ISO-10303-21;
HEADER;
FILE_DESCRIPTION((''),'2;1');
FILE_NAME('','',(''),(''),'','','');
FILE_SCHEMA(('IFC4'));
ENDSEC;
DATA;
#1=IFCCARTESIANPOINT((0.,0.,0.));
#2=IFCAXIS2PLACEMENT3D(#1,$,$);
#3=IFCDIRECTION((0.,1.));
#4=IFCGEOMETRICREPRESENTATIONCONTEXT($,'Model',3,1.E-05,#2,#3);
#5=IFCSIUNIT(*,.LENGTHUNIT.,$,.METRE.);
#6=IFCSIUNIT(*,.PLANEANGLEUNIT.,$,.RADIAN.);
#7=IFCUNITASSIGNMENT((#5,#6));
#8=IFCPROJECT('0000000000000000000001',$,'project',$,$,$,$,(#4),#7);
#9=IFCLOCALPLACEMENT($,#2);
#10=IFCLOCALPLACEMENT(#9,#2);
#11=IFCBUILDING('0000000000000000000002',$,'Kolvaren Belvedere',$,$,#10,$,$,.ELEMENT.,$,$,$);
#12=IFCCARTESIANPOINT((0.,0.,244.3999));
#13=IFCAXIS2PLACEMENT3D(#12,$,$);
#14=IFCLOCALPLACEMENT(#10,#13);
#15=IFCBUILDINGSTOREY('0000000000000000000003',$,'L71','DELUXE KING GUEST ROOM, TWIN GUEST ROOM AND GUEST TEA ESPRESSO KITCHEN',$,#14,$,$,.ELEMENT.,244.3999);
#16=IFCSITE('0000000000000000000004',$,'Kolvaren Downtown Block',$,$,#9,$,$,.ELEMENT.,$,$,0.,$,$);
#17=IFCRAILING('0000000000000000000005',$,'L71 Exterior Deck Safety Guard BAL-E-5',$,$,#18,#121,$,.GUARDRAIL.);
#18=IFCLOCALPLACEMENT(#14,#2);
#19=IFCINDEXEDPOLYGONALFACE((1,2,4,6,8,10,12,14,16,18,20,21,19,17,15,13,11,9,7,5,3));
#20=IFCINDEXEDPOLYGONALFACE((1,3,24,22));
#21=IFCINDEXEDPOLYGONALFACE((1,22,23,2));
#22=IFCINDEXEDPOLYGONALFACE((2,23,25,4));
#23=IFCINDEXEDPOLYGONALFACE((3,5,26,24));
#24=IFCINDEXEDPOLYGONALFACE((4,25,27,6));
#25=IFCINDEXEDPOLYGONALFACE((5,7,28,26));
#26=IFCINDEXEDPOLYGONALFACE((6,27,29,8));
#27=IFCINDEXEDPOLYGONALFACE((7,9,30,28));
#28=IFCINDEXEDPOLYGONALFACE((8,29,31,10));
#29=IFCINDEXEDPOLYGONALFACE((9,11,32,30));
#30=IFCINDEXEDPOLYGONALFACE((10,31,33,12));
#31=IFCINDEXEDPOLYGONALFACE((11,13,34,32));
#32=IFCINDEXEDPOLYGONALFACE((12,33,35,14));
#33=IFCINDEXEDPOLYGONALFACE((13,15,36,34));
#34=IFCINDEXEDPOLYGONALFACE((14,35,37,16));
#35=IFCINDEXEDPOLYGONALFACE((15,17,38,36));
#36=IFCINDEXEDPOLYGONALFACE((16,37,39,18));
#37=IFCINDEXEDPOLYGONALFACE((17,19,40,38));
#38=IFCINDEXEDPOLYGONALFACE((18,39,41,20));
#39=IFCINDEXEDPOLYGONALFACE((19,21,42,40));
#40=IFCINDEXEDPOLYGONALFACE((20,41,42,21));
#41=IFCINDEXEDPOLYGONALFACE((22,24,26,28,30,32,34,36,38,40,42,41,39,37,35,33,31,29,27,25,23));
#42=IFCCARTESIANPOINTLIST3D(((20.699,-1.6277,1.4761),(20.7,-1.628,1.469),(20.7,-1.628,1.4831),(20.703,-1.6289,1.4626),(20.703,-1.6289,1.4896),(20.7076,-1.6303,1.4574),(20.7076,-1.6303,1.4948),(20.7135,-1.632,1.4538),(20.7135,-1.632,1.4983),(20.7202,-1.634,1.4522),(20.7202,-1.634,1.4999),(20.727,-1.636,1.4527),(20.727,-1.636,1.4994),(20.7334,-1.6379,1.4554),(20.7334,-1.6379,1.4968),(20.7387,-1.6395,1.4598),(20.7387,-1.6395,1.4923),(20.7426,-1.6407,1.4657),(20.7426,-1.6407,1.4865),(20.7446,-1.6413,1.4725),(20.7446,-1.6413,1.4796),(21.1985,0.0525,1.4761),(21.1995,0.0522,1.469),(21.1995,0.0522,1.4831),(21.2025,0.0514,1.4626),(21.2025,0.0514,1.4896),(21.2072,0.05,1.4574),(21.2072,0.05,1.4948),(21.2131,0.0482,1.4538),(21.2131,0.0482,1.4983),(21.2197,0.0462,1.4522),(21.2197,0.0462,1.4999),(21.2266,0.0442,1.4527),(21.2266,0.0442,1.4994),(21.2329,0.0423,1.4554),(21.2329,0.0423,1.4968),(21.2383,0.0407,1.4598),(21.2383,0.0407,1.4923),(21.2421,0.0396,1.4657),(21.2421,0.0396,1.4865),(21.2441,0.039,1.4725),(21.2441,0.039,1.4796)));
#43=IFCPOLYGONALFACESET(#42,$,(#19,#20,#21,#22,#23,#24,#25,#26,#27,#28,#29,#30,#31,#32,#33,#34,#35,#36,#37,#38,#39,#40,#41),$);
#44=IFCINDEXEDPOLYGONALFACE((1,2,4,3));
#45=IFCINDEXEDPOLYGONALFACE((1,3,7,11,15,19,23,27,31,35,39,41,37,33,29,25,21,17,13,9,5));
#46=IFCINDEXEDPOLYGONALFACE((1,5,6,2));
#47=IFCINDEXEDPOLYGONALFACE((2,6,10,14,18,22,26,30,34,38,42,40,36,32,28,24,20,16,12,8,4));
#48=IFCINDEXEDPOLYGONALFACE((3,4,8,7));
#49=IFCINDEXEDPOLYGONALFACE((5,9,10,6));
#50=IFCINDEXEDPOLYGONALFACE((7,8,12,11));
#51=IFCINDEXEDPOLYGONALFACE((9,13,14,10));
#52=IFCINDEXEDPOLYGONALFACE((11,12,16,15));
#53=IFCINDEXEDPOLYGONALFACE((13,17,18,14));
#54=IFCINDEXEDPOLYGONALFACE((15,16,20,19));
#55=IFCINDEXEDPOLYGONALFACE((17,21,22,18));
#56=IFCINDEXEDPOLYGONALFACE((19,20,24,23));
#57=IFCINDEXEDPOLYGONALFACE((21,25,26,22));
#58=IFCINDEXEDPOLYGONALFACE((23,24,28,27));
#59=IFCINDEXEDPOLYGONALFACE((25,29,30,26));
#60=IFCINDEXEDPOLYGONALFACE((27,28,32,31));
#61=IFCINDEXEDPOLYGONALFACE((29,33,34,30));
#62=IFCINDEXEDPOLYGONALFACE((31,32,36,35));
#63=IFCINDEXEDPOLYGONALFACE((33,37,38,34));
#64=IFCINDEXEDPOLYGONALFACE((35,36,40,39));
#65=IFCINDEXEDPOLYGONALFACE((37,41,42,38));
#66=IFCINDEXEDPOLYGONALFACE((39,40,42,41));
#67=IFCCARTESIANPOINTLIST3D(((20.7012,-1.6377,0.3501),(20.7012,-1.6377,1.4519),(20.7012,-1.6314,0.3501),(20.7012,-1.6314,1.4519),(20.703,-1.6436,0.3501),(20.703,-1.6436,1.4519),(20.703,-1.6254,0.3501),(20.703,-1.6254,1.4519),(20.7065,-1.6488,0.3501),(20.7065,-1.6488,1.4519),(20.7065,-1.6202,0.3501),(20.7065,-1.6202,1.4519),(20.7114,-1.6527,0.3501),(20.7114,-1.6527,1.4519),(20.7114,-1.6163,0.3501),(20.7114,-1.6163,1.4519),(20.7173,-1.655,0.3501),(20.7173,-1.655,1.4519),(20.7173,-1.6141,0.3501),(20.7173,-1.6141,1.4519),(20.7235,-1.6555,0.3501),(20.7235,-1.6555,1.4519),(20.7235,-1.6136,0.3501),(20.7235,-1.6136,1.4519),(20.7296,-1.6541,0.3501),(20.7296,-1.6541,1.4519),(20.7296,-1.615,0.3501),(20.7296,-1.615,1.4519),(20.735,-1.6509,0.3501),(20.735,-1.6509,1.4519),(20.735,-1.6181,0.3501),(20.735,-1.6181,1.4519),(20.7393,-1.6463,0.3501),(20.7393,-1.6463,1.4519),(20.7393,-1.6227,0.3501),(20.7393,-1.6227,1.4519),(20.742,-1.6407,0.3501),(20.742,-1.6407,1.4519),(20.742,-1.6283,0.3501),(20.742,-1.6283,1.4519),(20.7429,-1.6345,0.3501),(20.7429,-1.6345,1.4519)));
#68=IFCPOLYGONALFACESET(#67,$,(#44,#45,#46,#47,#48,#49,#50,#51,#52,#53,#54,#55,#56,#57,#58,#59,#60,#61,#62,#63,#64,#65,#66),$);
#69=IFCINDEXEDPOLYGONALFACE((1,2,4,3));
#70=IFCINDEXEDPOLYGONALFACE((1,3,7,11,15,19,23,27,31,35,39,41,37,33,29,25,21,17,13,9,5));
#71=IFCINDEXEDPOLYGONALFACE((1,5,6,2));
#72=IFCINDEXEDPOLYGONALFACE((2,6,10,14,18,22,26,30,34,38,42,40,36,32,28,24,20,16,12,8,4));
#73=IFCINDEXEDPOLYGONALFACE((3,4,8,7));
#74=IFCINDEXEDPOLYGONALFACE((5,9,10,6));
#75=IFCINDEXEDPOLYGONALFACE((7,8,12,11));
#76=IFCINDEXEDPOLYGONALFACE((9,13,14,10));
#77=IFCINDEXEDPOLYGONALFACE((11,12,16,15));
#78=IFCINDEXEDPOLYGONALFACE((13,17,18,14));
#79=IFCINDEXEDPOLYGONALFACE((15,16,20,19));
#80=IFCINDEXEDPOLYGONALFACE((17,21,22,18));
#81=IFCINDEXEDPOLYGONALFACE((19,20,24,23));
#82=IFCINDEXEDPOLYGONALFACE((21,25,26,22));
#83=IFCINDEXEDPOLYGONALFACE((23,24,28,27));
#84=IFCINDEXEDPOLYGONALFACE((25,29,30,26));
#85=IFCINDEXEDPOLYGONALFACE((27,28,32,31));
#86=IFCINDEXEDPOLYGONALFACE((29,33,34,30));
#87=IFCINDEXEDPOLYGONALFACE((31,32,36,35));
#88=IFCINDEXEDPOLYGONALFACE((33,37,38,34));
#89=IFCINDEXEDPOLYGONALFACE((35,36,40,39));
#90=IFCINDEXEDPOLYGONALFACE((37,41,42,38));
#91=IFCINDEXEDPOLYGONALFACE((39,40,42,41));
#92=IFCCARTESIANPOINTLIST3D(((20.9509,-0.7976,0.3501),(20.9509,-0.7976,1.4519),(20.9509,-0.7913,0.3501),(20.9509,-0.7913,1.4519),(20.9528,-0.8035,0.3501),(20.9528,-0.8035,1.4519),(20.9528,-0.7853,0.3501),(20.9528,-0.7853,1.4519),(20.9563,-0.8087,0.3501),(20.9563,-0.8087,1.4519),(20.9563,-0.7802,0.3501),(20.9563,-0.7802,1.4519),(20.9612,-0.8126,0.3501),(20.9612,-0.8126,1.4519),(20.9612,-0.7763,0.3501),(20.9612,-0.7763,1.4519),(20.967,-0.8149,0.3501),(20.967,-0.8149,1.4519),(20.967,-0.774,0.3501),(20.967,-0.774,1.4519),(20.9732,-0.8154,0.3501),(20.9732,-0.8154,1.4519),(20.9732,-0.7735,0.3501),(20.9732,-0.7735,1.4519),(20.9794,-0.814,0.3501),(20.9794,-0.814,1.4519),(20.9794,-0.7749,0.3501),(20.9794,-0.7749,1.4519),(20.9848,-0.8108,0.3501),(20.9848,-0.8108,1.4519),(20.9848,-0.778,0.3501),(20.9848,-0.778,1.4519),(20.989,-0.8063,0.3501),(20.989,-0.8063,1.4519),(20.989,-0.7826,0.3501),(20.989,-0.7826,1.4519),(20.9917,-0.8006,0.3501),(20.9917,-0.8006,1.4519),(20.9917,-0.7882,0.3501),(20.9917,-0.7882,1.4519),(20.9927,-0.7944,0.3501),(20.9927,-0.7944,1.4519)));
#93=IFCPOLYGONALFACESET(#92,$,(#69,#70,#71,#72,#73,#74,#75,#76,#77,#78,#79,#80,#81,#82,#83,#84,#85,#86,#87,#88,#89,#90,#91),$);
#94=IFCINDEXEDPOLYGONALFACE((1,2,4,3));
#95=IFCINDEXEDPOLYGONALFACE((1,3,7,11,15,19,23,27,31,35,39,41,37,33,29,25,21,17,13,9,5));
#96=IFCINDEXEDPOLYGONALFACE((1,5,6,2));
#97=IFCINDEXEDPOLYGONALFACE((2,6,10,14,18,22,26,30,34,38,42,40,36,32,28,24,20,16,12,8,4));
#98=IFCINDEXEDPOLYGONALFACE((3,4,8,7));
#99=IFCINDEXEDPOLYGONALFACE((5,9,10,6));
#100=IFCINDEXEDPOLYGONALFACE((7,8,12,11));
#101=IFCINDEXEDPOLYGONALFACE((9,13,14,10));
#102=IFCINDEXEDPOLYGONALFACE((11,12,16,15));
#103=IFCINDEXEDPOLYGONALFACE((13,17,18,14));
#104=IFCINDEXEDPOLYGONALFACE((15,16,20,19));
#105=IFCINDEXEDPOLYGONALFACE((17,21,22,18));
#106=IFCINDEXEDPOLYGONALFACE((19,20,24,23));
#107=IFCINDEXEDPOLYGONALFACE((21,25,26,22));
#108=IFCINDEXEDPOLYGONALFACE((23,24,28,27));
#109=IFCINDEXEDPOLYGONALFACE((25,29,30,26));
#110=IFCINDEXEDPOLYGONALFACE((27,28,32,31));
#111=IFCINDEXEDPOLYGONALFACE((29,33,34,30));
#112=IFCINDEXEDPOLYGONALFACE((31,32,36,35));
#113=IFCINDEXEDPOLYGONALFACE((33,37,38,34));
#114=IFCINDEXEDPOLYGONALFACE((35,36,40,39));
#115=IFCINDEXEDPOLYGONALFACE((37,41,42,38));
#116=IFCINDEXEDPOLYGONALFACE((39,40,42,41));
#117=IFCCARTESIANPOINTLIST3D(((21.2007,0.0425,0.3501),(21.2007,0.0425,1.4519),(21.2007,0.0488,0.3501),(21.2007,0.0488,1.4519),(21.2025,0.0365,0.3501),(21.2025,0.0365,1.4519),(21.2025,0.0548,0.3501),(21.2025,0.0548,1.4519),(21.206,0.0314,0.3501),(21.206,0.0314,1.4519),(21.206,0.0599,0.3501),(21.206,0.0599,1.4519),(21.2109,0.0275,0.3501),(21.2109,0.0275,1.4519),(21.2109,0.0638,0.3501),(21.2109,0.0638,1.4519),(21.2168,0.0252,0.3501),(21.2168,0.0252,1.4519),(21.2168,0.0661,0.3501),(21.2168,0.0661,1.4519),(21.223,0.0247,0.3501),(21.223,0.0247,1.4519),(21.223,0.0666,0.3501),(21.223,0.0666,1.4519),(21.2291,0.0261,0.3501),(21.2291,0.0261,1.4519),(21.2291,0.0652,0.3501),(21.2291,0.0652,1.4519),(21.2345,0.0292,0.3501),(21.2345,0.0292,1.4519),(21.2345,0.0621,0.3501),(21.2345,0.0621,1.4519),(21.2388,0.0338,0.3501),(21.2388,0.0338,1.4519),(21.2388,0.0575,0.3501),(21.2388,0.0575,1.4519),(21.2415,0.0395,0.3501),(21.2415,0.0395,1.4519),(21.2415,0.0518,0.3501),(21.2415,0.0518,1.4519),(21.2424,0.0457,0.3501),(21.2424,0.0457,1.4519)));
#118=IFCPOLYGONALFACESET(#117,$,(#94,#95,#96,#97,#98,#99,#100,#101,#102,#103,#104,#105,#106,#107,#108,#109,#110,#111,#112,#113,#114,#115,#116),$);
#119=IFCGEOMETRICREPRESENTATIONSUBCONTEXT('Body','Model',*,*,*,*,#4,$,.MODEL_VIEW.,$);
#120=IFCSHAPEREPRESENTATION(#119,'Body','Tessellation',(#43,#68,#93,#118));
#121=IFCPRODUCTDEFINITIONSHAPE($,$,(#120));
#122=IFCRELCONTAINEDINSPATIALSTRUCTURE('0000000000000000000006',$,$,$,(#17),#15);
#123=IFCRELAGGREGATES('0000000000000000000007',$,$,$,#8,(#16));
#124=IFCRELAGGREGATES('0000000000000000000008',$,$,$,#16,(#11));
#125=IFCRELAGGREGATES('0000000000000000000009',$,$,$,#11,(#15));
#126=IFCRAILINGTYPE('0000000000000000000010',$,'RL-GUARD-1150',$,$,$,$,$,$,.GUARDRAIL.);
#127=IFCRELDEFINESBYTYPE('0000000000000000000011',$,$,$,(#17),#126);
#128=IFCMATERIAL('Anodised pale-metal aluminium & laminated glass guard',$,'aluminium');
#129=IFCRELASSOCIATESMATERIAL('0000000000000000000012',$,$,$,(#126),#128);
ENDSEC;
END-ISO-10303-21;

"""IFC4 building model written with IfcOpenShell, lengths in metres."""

from ifc_helpers import new_model, si_unit, direction, frame, origin, origin_2d, place, context, subcontext, project, spatial, circle, extrude, material, type_object, element, save


model = new_model("IFC4")

# Units and contexts
model_context = context("Model", 3, precision=1e-05, world=origin(), true_north=direction((0.0, 1.0)))
body_context = subcontext(model_context, "Body", "Model", "MODEL_VIEW")
ifc_project = project(units=[si_unit("LENGTHUNIT", "METRE"), si_unit("PLANEANGLEUNIT", "RADIAN")], contexts=[model_context])

# Site, building, storey
site_placement = place(None, origin())
site = spatial("IfcSite", under=ifc_project, at=site_placement, Name="Kolvaren Downtown Block", CompositionType="ELEMENT", RefElevation=0.0)
building_placement = place(site_placement, origin())
building = spatial("IfcBuilding", under=site, at=building_placement, Name="Kolvaren Belvedere", CompositionType="ELEMENT")
storey_placement = place(building_placement, frame((0.0, 0.0, 244.3999)))
storey = spatial("IfcBuildingStorey", under=building, at=storey_placement, Name="L71", Description="DELUXE KING GUEST ROOM, TWIN GUEST ROOM AND GUEST TEA ESPRESSO KITCHEN", CompositionType="ELEMENT", Elevation=244.3999)

# Railing
ifc_material_1 = material(Name="Anodised pale-metal aluminium & laminated glass guard", Category="aluminium")
railing_type = type_object("IfcRailingType", Name="RL-GUARD-1150", PredefinedType="GUARDRAIL", material=ifc_material_1)
railing_1_placement = place(storey_placement, frame((20.7219, -1.6345, 0.3501)))
element("IfcRailing", 1, at=railing_1_placement, inside=storey, type_object=railing_type, Name="L71 Exterior Deck Safety Guard BAL-E-5", PredefinedType="GUARDRAIL", context=body_context, shape_type="SweptSolid", body=[
    extrude(circle(Radius=0.0239, at=origin_2d()), frame((0.0, 0.0, 1.126), z_axis=(0.28497, 0.958536, 0.0), x_axis=(-0.958536, 0.28497, 0.0)), (0.0, 0.0, 1.0), 1.7529),
    extrude(circle(Radius=0.021, at=origin_2d()), origin(), (0.0, 0.0, 1.0), 1.1018),
    extrude(circle(Radius=0.021, at=origin_2d()), frame((0.2498, 0.8401, 0.0)), (0.0, 0.0, 1.0), 1.1018),
    extrude(circle(Radius=0.021, at=origin_2d()), frame((0.4995, 1.6802, 0.0)), (0.0, 0.0, 1.0), 1.1018),
])

save(model, "model.ifc")
